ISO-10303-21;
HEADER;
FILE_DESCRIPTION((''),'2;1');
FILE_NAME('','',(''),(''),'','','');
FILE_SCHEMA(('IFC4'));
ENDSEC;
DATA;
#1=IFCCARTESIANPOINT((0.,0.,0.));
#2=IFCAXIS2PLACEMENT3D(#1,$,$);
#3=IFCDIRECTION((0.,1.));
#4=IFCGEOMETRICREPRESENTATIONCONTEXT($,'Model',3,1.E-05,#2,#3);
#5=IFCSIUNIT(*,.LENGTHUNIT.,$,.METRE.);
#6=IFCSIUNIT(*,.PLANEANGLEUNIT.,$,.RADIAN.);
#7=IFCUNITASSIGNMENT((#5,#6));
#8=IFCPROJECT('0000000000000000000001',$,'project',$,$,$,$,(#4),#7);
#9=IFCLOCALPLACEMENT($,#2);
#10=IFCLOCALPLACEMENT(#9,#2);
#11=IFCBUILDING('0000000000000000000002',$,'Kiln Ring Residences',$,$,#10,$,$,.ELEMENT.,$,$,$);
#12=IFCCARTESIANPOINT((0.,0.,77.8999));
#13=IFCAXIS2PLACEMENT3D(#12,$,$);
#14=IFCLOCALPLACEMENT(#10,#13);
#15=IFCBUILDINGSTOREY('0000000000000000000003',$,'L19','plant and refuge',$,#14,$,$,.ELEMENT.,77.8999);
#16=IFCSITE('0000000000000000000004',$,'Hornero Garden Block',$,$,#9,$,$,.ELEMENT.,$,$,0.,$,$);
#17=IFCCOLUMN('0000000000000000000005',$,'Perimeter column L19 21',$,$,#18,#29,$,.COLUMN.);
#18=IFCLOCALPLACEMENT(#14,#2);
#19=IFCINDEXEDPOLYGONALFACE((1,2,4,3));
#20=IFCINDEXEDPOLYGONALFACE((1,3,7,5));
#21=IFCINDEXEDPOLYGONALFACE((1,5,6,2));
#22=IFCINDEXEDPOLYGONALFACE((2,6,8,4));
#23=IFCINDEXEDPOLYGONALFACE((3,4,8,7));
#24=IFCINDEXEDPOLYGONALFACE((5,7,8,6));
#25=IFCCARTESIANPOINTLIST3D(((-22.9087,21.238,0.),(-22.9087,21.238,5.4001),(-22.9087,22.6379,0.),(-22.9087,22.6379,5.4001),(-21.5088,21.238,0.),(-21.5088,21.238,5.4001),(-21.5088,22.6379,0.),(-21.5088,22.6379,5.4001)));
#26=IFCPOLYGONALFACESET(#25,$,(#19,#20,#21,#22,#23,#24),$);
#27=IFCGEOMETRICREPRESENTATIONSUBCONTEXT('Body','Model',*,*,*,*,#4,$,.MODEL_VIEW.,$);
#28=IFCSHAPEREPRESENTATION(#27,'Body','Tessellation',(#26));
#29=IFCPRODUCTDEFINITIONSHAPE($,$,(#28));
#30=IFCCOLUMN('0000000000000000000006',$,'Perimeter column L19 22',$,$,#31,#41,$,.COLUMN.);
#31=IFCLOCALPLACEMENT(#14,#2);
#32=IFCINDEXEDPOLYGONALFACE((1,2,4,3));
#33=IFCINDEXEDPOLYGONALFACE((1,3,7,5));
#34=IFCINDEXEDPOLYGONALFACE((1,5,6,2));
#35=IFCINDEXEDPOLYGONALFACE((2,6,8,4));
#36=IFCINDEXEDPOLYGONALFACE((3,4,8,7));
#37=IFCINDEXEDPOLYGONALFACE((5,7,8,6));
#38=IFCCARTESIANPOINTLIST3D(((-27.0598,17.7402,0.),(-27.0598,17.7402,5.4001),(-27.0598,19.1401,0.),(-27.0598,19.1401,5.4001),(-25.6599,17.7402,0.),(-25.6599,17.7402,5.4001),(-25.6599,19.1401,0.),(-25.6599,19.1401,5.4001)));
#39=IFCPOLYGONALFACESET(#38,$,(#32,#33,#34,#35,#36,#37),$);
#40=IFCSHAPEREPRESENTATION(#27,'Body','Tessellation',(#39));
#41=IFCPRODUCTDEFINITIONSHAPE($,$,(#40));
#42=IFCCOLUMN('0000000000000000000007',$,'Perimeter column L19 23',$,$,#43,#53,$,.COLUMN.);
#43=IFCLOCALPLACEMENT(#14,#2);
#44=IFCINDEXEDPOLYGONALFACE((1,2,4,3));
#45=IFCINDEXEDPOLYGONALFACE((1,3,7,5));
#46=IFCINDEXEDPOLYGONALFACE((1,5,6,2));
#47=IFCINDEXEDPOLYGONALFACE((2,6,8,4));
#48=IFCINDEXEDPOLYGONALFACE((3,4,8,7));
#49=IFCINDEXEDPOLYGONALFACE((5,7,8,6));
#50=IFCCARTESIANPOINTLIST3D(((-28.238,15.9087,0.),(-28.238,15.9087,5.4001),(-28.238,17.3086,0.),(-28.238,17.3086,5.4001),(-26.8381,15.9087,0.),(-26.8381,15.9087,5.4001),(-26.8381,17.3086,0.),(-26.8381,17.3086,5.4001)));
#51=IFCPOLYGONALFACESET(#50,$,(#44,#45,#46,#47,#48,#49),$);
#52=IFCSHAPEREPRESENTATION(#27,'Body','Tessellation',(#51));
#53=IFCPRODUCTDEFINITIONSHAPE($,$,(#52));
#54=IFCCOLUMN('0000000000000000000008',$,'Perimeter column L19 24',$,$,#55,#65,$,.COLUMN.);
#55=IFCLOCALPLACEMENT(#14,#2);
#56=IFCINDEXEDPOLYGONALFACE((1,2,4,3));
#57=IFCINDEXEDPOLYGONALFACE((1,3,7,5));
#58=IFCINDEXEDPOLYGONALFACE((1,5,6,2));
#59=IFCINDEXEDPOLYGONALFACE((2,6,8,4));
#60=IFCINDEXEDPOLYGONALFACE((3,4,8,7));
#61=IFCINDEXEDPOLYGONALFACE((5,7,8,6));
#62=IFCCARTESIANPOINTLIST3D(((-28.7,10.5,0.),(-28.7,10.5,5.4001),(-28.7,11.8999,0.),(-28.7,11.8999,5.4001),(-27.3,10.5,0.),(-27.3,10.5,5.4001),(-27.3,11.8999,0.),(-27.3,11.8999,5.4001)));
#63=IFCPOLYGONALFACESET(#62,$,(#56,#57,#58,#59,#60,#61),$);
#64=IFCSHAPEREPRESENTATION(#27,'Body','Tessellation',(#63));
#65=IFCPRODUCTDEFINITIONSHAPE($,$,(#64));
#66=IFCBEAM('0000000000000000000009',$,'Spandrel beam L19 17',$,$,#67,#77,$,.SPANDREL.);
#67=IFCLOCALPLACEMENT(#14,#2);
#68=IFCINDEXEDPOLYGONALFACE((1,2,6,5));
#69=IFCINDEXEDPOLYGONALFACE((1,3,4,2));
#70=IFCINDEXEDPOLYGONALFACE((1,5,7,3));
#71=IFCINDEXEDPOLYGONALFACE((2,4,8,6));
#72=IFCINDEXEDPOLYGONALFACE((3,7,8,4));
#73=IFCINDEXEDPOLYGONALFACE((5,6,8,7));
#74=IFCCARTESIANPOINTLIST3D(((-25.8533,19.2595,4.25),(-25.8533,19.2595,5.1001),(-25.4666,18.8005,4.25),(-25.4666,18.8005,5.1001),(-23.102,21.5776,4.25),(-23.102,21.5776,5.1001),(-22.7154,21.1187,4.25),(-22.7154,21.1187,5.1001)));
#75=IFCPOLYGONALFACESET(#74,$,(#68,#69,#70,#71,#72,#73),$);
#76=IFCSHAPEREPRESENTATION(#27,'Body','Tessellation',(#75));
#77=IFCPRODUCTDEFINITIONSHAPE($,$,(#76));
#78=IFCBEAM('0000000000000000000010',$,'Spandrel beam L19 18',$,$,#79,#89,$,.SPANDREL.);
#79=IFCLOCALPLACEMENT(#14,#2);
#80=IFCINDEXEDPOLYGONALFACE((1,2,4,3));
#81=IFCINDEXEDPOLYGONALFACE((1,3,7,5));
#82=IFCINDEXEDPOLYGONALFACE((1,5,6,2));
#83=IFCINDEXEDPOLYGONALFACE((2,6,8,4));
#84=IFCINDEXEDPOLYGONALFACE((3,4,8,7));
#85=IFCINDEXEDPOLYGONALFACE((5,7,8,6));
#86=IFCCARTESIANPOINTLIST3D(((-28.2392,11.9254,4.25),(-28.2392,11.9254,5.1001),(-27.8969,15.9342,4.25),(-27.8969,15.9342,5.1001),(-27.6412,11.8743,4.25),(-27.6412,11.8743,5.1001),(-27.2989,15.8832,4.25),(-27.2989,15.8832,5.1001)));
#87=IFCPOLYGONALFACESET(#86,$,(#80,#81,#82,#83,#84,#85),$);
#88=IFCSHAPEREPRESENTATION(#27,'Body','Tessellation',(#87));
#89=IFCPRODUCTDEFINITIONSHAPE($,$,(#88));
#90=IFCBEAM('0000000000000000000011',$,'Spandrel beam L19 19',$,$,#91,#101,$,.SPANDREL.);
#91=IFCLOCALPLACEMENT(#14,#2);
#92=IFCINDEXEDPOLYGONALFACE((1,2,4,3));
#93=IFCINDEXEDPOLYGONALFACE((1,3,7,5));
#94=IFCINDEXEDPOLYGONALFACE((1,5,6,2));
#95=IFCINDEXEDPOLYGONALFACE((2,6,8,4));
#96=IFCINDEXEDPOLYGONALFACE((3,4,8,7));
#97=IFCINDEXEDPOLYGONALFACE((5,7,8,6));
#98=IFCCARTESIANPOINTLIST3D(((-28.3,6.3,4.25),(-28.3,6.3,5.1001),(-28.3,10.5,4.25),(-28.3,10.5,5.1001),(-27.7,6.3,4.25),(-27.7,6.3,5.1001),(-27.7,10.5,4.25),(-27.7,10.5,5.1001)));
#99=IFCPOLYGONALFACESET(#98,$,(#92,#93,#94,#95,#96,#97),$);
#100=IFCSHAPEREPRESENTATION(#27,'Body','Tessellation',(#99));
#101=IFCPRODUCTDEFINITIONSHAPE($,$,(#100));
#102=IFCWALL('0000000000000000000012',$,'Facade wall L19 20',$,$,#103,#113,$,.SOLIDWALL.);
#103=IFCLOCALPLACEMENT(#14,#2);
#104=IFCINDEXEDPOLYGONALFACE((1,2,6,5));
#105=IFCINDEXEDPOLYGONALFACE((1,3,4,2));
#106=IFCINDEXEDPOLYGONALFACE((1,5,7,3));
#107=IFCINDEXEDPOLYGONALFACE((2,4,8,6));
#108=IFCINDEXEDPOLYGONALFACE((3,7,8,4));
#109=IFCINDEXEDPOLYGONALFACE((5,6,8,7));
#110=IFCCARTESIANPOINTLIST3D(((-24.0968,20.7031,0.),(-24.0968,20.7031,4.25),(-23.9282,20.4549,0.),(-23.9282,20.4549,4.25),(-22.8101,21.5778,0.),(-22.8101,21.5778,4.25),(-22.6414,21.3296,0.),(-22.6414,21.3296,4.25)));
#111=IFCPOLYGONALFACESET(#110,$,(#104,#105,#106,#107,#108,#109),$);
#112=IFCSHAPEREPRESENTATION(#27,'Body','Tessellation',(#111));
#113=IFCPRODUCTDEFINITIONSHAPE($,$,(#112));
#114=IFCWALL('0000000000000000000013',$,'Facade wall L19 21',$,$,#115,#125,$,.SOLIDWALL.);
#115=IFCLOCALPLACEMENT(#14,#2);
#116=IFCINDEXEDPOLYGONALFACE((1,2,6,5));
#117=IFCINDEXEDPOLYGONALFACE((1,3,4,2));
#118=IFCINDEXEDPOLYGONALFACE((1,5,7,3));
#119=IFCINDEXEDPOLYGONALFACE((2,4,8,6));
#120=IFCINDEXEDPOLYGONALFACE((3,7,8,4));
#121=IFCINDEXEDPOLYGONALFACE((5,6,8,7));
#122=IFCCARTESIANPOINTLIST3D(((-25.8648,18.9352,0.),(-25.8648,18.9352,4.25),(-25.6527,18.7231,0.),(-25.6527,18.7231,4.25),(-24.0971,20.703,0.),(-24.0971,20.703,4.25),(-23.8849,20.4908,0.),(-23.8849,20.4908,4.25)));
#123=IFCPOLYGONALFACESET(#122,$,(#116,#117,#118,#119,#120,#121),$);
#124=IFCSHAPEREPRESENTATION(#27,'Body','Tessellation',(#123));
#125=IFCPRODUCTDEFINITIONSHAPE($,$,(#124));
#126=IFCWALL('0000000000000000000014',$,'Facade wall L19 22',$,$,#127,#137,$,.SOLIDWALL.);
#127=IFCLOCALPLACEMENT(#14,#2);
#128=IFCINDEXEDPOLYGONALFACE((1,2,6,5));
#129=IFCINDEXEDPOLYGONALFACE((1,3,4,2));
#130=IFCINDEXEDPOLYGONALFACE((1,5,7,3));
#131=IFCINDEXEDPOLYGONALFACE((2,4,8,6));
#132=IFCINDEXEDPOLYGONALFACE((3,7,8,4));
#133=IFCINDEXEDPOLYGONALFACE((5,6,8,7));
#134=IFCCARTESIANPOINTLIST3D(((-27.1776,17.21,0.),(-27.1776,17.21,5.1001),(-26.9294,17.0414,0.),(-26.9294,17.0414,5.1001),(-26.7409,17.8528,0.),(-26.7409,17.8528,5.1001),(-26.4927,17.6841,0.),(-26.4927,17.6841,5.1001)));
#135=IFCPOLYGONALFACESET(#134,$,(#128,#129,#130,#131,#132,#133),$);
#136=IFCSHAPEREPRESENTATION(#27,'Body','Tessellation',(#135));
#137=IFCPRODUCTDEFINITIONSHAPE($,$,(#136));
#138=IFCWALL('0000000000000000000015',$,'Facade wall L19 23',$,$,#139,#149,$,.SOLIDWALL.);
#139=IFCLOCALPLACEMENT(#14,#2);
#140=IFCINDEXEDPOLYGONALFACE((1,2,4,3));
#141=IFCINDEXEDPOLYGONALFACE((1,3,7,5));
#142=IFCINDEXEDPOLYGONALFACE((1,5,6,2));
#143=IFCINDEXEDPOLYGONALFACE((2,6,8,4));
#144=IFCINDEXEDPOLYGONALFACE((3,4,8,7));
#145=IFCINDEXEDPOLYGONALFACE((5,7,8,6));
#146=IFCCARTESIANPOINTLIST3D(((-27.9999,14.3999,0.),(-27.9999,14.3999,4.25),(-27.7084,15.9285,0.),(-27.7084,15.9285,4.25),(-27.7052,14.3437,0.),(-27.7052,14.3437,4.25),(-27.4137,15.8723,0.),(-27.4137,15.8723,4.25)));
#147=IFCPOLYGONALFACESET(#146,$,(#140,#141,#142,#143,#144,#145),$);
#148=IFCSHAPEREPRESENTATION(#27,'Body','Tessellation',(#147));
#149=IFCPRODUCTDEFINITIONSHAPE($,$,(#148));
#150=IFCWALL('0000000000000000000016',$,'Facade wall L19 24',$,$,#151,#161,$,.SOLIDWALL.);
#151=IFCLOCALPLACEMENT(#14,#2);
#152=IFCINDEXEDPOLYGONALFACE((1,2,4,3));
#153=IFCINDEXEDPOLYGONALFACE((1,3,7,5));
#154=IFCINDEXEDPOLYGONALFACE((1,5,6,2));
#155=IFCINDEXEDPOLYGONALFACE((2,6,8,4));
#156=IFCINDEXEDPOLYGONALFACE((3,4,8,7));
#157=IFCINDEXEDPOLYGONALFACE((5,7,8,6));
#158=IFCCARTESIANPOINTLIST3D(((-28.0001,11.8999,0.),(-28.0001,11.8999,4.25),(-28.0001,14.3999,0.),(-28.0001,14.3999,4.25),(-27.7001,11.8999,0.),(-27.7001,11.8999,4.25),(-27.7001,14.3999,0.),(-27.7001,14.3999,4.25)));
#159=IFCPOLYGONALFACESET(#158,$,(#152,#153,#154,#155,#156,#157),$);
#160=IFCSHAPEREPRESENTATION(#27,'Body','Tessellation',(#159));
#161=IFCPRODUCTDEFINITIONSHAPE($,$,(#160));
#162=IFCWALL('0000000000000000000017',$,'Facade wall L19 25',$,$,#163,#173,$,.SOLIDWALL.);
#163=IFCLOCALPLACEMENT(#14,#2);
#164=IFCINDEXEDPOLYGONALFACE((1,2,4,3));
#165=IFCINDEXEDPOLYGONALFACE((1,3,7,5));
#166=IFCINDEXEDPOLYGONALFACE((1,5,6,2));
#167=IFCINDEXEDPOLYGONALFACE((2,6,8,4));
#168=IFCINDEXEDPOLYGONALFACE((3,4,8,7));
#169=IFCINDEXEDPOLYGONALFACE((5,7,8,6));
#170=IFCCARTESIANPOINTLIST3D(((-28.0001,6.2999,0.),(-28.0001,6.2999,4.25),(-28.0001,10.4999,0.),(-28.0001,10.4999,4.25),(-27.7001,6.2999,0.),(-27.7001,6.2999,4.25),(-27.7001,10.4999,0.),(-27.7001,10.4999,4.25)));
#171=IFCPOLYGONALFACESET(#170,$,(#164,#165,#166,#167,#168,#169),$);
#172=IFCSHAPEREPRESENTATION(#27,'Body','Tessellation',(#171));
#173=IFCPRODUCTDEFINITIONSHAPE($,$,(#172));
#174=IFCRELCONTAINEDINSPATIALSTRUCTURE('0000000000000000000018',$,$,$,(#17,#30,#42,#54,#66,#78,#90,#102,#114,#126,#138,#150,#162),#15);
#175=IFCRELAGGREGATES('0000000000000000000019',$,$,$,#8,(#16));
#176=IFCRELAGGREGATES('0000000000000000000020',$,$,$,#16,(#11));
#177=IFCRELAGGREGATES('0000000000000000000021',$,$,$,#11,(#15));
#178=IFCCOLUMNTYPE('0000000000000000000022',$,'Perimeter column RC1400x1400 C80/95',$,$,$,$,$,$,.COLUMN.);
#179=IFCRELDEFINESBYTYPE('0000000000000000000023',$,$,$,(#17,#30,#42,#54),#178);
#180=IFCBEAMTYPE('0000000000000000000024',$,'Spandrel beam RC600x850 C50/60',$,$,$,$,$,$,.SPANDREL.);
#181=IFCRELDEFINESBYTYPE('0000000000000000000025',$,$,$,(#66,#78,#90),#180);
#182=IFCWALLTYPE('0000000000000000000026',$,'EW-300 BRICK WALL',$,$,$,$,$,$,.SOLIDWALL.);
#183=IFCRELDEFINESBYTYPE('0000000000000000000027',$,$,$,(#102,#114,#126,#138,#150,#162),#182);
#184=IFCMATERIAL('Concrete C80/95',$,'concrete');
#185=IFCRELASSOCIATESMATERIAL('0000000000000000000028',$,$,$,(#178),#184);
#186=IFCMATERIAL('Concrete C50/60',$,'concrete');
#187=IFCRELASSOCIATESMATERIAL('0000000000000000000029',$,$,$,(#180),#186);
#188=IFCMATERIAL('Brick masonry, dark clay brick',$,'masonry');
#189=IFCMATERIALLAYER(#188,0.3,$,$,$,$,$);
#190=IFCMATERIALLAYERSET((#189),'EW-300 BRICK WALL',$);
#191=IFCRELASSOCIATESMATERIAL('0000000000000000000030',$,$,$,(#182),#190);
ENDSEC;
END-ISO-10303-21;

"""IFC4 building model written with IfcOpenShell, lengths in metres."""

from ifc_helpers import new_model, si_unit, direction, frame, frame_2d, origin, origin_2d, place, context, subcontext, project, spatial, rectangle, extrude, material, layer, layer_set, material_profile, profile_set, type_object, element, save


model = new_model("IFC4")

# Units and contexts
model_context = context("Model", 3, precision=1e-05, world=origin(), true_north=direction((0.0, 1.0)))
body_context = subcontext(model_context, "Body", "Model", "MODEL_VIEW")
ifc_project = project(units=[si_unit("LENGTHUNIT", "METRE"), si_unit("PLANEANGLEUNIT", "RADIAN")], contexts=[model_context])

# Site, building, storey
site_placement = place(None, origin())
site = spatial("IfcSite", under=ifc_project, at=site_placement, Name="Hornero Garden Block", CompositionType="ELEMENT", RefElevation=0.0)
building_placement = place(site_placement, origin())
building = spatial("IfcBuilding", under=site, at=building_placement, Name="Kiln Ring Residences", CompositionType="ELEMENT")
storey_placement = place(building_placement, frame((0.0, 0.0, 77.8999)))
storey = spatial("IfcBuildingStorey", under=building, at=storey_placement, Name="L19", Description="plant and refuge", CompositionType="ELEMENT", Elevation=77.8999)

# Columns
ifc_material_1 = material(Name="Concrete C80/95", Category="concrete")
ifc_material_profile_1 = material_profile(ifc_material_1, rectangle(XDim=1.3999, YDim=1.3999, at=origin_2d()), Name="RC1400x1400")
ifc_profile_set_1 = profile_set([ifc_material_profile_1], Name="Concrete C80/95")
column_type = type_object("IfcColumnType", Name="Perimeter column RC1400x1400 C80/95", PredefinedType="COLUMN", material=ifc_profile_set_1)
for number, where, z_axis, x_axis, name in (
    (1, (-22.2087, 21.938, 0.0), (0.0, 0.0, 1.0), (1.0, 0.0, 0.0), "Perimeter column L19 21"),
    (2, (-26.3599, 18.4402, 0.0), (0.0, 0.0, 1.0), (1.0, 0.0, 0.0), "Perimeter column L19 22"),
    (3, (-27.5381, 16.6086, 0.0), (0.0, 0.0, 1.0), (1.0, 0.0, 0.0), "Perimeter column L19 23"),
    (4, (-28.0, 11.2, 0.0), (0.0, 0.0, 1.0), (1.0, 0.0, 0.0), "Perimeter column L19 24"),
):
    element("IfcColumn", number, at=place(storey_placement, frame(where, z_axis=z_axis, x_axis=x_axis)), inside=storey, type_object=column_type, Name=name, PredefinedType="COLUMN", context=body_context, shape_type="SweptSolid", body=[
        extrude(rectangle(XDim=1.3999, YDim=1.3999, at=origin_2d()), origin(), (0.0, 0.0, 1.0), 5.4001),
    ])

# Beams
ifc_material_2 = material(Name="Concrete C50/60", Category="concrete")
ifc_material_profile_2 = material_profile(ifc_material_2, rectangle(XDim=0.6001, YDim=0.8501, at=origin_2d()), Name="RC600x850")
ifc_profile_set_2 = profile_set([ifc_material_profile_2], Name="Concrete C50/60")
beam_type = type_object("IfcBeamType", Name="Spandrel beam RC600x850 C50/60", PredefinedType="SPANDREL", material=ifc_profile_set_2)
beam_1_placement = place(storey_placement, frame((-22.9087, 21.3481, 4.675), z_axis=(-0.764733, -0.644347, 0.0), x_axis=(0.644347, -0.764733, 0.0)))
element("IfcBeam", 5, at=beam_1_placement, inside=storey, type_object=beam_type, Name="Spandrel beam L19 17", PredefinedType="SPANDREL", context=body_context, shape_type="SweptSolid", body=[
    extrude(rectangle(XDim=0.6001, YDim=0.8501, at=origin_2d()), origin(), (0.0, 0.0, 1.0), 3.5977),
])
beam_2_placement = place(storey_placement, frame((-27.5979, 15.9087, 4.675), z_axis=(-0.085074, -0.996375, 0.0), x_axis=(0.996375, -0.085074, 0.0)))
element("IfcBeam", 6, at=beam_2_placement, inside=storey, type_object=beam_type, Name="Spandrel beam L19 18", PredefinedType="SPANDREL", context=body_context, shape_type="SweptSolid", body=[
    extrude(rectangle(XDim=0.6001, YDim=0.8501, at=origin_2d()), origin(), (0.0, 0.0, 1.0), 4.0234),
])
beam_3_placement = place(storey_placement, frame((-28.0, 10.5, 4.675), z_axis=(0.0, -1.0, 0.0), x_axis=(1.0, 0.0, 0.0)))
element("IfcBeam", 7, at=beam_3_placement, inside=storey, type_object=beam_type, Name="Spandrel beam L19 19", PredefinedType="SPANDREL", context=body_context, shape_type="SweptSolid", body=[
    extrude(rectangle(XDim=0.6001, YDim=0.8501, at=origin_2d()), origin(), (0.0, 0.0, 1.0), 4.2),
])

# Walls
ifc_material_3 = material(Name="Brick masonry, dark clay brick", Category="masonry")
ifc_layer_1 = layer(ifc_material_3, 0.3)
ifc_layer_set_1 = layer_set([ifc_layer_1], Name="EW-300 BRICK WALL")
wall_type_1 = type_object("IfcWallType", Name="EW-300 BRICK WALL", PredefinedType="SOLIDWALL", material=ifc_layer_set_1)
wall_1_placement = place(storey_placement, frame((-22.7258, 21.4536, 0.0), z_axis=(0.0, 0.0, 1.0), x_axis=(-0.82702, -0.562173, 0.0)))
element("IfcWall", 8, at=wall_1_placement, inside=storey, type_object=wall_type_1, Name="Facade wall L19 20", PredefinedType="SOLIDWALL", context=body_context, shape_type="SweptSolid", body=[
    extrude(rectangle(XDim=1.5559, YDim=0.3, at=frame_2d((0.7778, 0.0))), origin(), (0.0, 0.0, 1.0), 4.25),
])
wall_2_placement = place(storey_placement, frame((-23.991, 20.5969, 0.0), z_axis=(0.0, 0.0, 1.0), x_axis=(-0.707107, -0.707107, 0.0)))
element("IfcWall", 9, at=wall_2_placement, inside=storey, type_object=wall_type_1, Name="Facade wall L19 21", PredefinedType="SOLIDWALL", context=body_context, shape_type="SweptSolid", body=[
    extrude(rectangle(XDim=2.5, YDim=0.3, at=frame_2d((1.25, 0.0))), origin(), (0.0, 0.0, 1.0), 4.25),
])
wall_3_placement = place(storey_placement, frame((-26.6167, 17.7686, 0.0), z_axis=(0.0, 0.0, 1.0), x_axis=(-0.562001, -0.827137, 0.0)))
element("IfcWall", 10, at=wall_3_placement, inside=storey, type_object=wall_type_1, Name="Facade wall L19 22", PredefinedType="SOLIDWALL", context=body_context, shape_type="SweptSolid", body=[
    extrude(rectangle(XDim=0.7771, YDim=0.3, at=frame_2d((0.3887, 0.0))), origin(), (0.0, 0.0, 1.0), 5.1001),
])
wall_4_placement = place(storey_placement, frame((-27.561, 15.9004, 0.0), z_axis=(0.0, 0.0, 1.0), x_axis=(-0.187328, -0.982297, 0.0)))
element("IfcWall", 11, at=wall_4_placement, inside=storey, type_object=wall_type_1, Name="Facade wall L19 23", PredefinedType="SOLIDWALL", context=body_context, shape_type="SweptSolid", body=[
    extrude(rectangle(XDim=1.5562, YDim=0.3, at=frame_2d((0.7781, 0.0))), origin(), (0.0, 0.0, 1.0), 4.25),
])
wall_5_placement = place(storey_placement, frame((-27.8501, 14.3999, 0.0), z_axis=(0.0, 0.0, 1.0), x_axis=(0.0, -1.0, 0.0)))
element("IfcWall", 12, at=wall_5_placement, inside=storey, type_object=wall_type_1, Name="Facade wall L19 24", PredefinedType="SOLIDWALL", context=body_context, shape_type="SweptSolid", body=[
    extrude(rectangle(XDim=2.5, YDim=0.3, at=frame_2d((1.25, 0.0))), origin(), (0.0, 0.0, 1.0), 4.25),
])
wall_6_placement = place(storey_placement, frame((-27.8501, 10.5, 0.0), z_axis=(0.0, 0.0, 1.0), x_axis=(0.0, -1.0, 0.0)))
element("IfcWall", 13, at=wall_6_placement, inside=storey, type_object=wall_type_1, Name="Facade wall L19 25", PredefinedType="SOLIDWALL", context=body_context, shape_type="SweptSolid", body=[
    extrude(rectangle(XDim=4.2, YDim=0.3, at=frame_2d((2.1001, 0.0))), origin(), (0.0, 0.0, 1.0), 4.25),
])

save(model, "model.ifc")
